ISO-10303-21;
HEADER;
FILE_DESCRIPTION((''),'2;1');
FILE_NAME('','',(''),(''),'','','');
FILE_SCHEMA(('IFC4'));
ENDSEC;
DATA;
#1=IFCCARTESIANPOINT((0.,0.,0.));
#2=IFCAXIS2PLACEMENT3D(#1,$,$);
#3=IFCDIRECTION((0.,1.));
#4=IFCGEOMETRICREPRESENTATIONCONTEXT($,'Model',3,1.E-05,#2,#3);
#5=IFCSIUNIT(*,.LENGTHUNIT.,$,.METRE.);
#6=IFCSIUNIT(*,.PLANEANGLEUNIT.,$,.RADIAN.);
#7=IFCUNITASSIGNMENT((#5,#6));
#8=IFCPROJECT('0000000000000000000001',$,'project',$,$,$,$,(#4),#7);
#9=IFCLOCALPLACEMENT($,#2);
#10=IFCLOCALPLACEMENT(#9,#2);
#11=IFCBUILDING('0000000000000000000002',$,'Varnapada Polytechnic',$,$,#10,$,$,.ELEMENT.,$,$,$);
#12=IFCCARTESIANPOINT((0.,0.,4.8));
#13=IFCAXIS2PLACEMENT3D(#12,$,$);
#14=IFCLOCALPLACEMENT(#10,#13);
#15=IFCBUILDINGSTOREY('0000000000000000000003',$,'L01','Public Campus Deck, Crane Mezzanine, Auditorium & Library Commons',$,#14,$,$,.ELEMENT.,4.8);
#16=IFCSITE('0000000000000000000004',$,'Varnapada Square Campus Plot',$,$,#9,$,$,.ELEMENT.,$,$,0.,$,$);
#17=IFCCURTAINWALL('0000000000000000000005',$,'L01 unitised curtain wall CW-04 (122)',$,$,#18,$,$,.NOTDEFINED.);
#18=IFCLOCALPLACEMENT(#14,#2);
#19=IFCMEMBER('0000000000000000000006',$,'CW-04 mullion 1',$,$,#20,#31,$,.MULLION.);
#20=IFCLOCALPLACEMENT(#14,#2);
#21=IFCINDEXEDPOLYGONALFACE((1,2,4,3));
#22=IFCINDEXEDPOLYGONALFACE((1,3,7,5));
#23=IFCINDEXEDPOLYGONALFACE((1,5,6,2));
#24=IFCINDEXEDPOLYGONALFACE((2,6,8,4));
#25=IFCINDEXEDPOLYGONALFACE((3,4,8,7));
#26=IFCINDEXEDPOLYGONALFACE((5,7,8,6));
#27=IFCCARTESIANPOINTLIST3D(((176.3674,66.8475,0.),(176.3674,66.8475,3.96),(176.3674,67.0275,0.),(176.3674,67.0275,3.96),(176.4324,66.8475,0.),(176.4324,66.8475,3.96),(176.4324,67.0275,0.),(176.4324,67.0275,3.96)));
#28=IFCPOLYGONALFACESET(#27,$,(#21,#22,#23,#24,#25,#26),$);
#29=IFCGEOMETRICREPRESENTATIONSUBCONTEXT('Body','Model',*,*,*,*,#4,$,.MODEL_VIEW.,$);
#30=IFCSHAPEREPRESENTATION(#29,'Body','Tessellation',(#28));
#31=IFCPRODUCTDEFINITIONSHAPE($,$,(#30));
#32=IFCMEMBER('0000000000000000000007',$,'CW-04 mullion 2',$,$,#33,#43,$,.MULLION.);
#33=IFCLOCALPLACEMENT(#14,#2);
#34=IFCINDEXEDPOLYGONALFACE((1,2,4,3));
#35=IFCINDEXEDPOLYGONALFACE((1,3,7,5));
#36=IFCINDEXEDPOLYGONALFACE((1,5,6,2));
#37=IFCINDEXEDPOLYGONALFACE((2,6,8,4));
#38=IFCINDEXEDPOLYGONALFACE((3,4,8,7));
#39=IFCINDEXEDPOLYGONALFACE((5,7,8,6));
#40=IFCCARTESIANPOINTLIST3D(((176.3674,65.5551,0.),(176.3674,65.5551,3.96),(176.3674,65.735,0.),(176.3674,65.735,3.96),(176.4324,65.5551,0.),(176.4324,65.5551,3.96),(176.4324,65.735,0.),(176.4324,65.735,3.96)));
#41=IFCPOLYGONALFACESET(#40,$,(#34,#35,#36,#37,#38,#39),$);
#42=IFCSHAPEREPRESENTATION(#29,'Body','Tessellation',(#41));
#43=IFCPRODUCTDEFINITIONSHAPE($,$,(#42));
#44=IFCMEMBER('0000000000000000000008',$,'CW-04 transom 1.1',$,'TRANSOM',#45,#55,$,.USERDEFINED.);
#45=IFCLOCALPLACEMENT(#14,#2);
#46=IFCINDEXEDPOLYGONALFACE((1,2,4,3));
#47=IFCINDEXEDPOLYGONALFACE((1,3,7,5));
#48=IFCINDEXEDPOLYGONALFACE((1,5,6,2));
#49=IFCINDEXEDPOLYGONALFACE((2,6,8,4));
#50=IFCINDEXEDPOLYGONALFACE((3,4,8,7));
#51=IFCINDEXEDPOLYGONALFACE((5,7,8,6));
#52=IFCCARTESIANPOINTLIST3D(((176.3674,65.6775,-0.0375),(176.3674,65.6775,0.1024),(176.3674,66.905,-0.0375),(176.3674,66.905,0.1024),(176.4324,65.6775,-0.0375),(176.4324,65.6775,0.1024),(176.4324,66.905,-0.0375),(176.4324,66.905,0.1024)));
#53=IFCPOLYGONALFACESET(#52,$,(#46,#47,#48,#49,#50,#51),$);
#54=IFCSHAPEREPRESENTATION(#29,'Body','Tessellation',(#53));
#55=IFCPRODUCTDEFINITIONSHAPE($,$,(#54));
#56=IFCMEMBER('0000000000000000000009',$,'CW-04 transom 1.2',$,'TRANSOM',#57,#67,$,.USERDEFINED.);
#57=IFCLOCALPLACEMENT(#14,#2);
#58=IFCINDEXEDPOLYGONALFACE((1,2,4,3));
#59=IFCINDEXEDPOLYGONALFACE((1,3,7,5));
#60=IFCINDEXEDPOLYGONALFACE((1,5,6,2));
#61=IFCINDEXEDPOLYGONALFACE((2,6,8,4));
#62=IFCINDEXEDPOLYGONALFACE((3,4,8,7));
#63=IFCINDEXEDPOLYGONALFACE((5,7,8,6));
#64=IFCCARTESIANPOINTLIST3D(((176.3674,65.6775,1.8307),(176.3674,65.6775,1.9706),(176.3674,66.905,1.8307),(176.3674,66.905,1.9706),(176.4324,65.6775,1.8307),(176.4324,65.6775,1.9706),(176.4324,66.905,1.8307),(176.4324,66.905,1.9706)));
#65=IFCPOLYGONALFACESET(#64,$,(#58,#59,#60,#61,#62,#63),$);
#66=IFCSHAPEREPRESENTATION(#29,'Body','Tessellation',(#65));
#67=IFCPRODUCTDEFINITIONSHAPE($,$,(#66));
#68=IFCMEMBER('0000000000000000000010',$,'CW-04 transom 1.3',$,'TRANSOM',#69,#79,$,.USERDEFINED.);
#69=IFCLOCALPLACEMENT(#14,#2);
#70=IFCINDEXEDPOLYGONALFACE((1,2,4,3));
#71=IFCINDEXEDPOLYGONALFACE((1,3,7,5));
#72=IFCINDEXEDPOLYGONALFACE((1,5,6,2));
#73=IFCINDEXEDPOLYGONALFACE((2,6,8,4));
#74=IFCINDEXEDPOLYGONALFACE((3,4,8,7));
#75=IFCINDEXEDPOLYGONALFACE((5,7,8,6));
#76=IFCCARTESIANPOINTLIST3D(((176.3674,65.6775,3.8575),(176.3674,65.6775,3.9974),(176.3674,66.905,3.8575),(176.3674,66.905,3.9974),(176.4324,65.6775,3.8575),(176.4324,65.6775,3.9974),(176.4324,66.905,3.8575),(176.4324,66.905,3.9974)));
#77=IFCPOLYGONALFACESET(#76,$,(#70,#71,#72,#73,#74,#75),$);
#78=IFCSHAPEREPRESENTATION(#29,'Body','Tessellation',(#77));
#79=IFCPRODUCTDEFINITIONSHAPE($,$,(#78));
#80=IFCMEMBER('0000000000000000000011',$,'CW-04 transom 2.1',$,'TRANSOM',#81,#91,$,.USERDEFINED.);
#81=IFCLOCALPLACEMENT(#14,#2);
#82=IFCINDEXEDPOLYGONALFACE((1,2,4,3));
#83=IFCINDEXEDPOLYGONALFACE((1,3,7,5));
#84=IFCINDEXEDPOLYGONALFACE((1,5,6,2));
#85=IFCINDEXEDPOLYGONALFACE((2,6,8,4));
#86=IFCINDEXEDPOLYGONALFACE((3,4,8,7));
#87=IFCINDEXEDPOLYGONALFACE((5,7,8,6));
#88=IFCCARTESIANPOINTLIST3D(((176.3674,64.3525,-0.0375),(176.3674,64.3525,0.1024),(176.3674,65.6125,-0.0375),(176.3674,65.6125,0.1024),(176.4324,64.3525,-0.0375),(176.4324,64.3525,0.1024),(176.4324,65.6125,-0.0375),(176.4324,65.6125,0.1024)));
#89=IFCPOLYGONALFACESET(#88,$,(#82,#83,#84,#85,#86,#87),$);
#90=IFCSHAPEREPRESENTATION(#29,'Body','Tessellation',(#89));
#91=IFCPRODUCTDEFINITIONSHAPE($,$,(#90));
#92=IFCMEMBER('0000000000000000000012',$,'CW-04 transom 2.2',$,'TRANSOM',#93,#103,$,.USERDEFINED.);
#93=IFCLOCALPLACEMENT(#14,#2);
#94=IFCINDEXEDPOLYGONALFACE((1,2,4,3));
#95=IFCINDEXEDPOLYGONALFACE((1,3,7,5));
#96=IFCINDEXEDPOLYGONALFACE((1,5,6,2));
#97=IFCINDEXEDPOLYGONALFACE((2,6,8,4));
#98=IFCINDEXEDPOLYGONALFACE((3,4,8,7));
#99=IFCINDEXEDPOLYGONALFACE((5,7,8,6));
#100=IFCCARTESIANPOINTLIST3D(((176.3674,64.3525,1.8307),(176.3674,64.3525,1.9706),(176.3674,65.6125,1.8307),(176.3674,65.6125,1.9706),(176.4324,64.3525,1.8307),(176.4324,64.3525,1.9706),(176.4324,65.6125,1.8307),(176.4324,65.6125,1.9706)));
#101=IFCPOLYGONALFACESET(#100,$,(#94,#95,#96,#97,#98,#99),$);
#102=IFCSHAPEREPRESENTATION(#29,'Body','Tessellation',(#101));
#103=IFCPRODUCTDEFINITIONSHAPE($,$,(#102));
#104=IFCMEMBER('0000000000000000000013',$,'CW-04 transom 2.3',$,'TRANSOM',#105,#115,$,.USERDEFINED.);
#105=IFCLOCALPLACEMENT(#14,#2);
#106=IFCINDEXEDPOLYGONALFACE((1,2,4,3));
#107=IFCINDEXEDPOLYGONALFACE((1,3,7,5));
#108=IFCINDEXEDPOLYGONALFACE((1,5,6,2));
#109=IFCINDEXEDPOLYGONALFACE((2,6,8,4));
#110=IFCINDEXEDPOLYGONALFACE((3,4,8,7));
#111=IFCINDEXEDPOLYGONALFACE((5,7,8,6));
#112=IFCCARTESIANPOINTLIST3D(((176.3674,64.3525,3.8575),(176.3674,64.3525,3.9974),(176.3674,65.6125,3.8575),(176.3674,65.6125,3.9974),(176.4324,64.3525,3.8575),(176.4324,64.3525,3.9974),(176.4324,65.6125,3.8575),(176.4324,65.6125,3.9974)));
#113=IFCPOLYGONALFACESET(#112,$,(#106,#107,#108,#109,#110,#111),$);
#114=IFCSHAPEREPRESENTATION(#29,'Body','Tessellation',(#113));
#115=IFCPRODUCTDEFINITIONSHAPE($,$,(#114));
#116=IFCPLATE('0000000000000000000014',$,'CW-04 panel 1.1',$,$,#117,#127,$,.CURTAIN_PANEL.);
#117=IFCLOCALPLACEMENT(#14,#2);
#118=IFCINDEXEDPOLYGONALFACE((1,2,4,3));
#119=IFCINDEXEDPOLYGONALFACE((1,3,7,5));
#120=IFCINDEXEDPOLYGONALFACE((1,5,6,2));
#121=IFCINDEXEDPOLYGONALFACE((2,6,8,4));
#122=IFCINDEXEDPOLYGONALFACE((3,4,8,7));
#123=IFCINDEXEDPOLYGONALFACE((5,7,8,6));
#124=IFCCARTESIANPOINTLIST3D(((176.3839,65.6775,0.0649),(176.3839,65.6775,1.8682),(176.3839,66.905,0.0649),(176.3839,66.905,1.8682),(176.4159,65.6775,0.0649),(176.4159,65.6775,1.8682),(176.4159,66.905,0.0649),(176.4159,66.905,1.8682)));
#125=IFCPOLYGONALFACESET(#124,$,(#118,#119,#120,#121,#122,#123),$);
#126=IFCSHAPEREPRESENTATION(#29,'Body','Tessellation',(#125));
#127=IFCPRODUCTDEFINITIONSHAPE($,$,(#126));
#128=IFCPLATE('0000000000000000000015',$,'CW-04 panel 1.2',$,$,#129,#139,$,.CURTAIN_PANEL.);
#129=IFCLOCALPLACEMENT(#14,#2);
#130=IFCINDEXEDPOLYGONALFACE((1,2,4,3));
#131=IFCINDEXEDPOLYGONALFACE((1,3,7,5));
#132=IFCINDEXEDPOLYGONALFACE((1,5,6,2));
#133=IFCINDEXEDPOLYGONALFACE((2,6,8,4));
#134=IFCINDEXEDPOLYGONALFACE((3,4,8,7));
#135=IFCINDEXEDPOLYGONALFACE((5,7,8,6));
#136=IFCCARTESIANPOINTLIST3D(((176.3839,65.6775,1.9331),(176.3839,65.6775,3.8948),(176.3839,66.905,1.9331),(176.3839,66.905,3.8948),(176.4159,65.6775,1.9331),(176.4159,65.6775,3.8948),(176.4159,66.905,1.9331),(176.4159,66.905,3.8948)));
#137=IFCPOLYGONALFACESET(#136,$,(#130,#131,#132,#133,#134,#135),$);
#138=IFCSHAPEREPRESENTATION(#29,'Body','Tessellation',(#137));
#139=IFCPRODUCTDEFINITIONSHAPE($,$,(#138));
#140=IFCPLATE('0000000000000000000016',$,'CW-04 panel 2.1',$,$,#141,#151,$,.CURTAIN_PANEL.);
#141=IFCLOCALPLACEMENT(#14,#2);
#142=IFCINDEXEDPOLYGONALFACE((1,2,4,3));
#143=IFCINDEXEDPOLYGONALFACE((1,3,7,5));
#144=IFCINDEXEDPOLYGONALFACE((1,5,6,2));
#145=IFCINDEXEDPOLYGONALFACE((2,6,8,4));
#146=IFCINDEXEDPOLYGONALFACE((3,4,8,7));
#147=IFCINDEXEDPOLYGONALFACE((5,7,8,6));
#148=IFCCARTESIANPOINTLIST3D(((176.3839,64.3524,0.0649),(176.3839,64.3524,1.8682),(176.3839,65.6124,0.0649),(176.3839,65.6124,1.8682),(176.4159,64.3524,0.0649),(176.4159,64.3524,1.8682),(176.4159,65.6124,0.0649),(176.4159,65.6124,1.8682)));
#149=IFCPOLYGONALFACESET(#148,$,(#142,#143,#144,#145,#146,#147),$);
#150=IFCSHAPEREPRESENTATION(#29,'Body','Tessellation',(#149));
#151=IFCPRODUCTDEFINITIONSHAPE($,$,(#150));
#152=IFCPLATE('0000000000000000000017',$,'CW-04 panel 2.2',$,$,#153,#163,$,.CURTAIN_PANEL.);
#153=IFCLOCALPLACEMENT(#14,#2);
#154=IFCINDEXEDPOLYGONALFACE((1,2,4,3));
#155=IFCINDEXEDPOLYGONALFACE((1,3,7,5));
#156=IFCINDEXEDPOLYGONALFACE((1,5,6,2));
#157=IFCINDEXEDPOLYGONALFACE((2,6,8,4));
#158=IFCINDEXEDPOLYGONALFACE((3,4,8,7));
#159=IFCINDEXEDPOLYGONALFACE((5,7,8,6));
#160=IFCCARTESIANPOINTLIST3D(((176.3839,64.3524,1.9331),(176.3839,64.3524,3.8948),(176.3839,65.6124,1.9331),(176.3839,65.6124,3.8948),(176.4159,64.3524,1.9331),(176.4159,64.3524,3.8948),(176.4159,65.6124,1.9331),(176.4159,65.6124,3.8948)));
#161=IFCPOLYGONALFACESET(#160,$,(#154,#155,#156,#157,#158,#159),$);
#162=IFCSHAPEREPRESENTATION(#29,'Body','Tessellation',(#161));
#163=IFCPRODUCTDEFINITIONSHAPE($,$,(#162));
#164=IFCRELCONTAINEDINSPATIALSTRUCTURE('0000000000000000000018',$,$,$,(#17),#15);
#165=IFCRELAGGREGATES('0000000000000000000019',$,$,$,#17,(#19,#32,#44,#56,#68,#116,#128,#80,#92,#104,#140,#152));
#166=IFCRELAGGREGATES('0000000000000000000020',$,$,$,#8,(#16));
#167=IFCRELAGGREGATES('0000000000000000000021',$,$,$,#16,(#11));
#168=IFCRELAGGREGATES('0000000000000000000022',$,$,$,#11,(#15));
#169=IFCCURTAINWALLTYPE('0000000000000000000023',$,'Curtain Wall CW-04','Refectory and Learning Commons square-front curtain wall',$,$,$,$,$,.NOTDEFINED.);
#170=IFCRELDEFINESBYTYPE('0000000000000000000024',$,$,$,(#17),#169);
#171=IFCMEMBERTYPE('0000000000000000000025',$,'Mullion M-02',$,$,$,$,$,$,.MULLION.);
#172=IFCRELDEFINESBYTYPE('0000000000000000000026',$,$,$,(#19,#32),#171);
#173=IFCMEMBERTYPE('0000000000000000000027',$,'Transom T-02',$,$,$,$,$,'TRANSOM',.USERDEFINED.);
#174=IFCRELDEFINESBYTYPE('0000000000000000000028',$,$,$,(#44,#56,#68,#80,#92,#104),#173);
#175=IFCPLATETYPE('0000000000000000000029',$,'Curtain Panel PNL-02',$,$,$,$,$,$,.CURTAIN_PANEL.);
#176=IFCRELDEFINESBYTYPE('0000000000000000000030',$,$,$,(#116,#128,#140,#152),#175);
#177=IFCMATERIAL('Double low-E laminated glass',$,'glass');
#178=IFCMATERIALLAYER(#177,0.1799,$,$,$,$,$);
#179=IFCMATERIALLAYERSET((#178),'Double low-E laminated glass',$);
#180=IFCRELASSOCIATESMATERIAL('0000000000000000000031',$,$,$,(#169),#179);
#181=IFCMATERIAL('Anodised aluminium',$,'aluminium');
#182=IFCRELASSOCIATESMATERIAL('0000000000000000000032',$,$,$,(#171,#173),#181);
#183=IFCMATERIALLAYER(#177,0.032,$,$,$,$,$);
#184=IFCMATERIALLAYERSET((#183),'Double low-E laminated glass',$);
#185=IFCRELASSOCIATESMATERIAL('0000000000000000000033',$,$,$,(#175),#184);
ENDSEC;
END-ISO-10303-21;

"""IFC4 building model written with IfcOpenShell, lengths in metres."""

from ifc_helpers import new_model, si_unit, direction, frame, origin, origin_2d, place, context, subcontext, project, spatial, rectangle, extrude, material, layer, layer_set, material_profile, profile_set, type_object, element, aggregate, save


model = new_model("IFC4")

# Units and contexts
model_context = context("Model", 3, precision=1e-05, world=origin(), true_north=direction((0.0, 1.0)))
body_context = subcontext(model_context, "Body", "Model", "MODEL_VIEW")
ifc_project = project(units=[si_unit("LENGTHUNIT", "METRE"), si_unit("PLANEANGLEUNIT", "RADIAN")], contexts=[model_context])

# Site, building, storey
site_placement = place(None, origin())
site = spatial("IfcSite", under=ifc_project, at=site_placement, Name="Varnapada Square Campus Plot", CompositionType="ELEMENT", RefElevation=0.0)
building_placement = place(site_placement, origin())
building = spatial("IfcBuilding", under=site, at=building_placement, Name="Varnapada Polytechnic", CompositionType="ELEMENT")
storey_placement = place(building_placement, frame((0.0, 0.0, 4.8)))
storey = spatial("IfcBuildingStorey", under=building, at=storey_placement, Name="L01", Description="Public Campus Deck, Crane Mezzanine, Auditorium & Library Commons", CompositionType="ELEMENT", Elevation=4.8)

# Curtain wall, members, plates
ifc_material_1 = material(Name="Double low-E laminated glass", Category="glass")
ifc_layer_1 = layer(ifc_material_1, 0.1799)
ifc_layer_set_1 = layer_set([ifc_layer_1], Name="Double low-E laminated glass")
curtain_wall_type = type_object("IfcCurtainWallType", Name="Curtain Wall CW-04", Description="Refectory and Learning Commons square-front curtain wall", PredefinedType="NOTDEFINED", material=ifc_layer_set_1)
curtain_wall_placement = place(storey_placement, origin())
curtain_wall = element("IfcCurtainWall", 1, at=curtain_wall_placement, inside=storey, type_object=curtain_wall_type, Name="L01 unitised curtain wall CW-04 (122)", PredefinedType="NOTDEFINED")
ifc_material_2 = material(Name="Anodised aluminium", Category="aluminium")
ifc_material_profile_1 = material_profile(ifc_material_2, rectangle(XDim=0.0649, YDim=0.1799, at=origin_2d()), Name="ALU M65x180")
ifc_profile_set_1 = profile_set([ifc_material_profile_1], Name="Anodised aluminium")
member_type_1 = type_object("IfcMemberType", Name="Mullion M-02", PredefinedType="MULLION", material=ifc_profile_set_1)
member_1_placement = place(storey_placement, frame((176.3999, 66.9375, 0.0), z_axis=(0.0, 0.0, 1.0), x_axis=(1.0, 0.0, 0.0)))
member_1 = element("IfcMember", 2, at=member_1_placement, type_object=member_type_1, Name="CW-04 mullion 1", PredefinedType="MULLION", context=body_context, shape_type="SweptSolid", body=[
    extrude(rectangle(XDim=0.0649, YDim=0.1799, at=origin_2d()), origin(), (0.0, 0.0, 1.0), 3.96),
])
member_2_placement = place(storey_placement, frame((176.3999, 65.645, 0.0), z_axis=(0.0, 0.0, 1.0), x_axis=(1.0, 0.0, 0.0)))
member_2 = element("IfcMember", 3, at=member_2_placement, type_object=member_type_1, Name="CW-04 mullion 2", PredefinedType="MULLION", context=body_context, shape_type="SweptSolid", body=[
    extrude(rectangle(XDim=0.0649, YDim=0.1799, at=origin_2d()), origin(), (0.0, 0.0, 1.0), 3.96),
])
ifc_material_profile_2 = material_profile(ifc_material_2, rectangle(XDim=0.0649, YDim=0.1399, at=origin_2d()), Name="ALU T65x140")
ifc_profile_set_2 = profile_set([ifc_material_profile_2], Name="Anodised aluminium")
member_type_2 = type_object("IfcMemberType", Name="Transom T-02", ElementType="TRANSOM", PredefinedType="USERDEFINED", material=ifc_profile_set_2)
member_3_placement = place(storey_placement, frame((176.3999, 66.905, 0.0325), z_axis=(0.0, -1.0, 0.0), x_axis=(1.0, 0.0, 0.0)))
member_3 = element("IfcMember", 4, at=member_3_placement, type_object=member_type_2, Name="CW-04 transom 1.1", ObjectType="TRANSOM", PredefinedType="USERDEFINED", context=body_context, shape_type="SweptSolid", body=[
    extrude(rectangle(XDim=0.0649, YDim=0.1399, at=origin_2d()), origin(), (0.0, 0.0, 1.0), 1.2275),
])
member_4_placement = place(storey_placement, frame((176.3999, 66.905, 1.9006), z_axis=(0.0, -1.0, 0.0), x_axis=(1.0, 0.0, 0.0)))
member_4 = element("IfcMember", 5, at=member_4_placement, type_object=member_type_2, Name="CW-04 transom 1.2", ObjectType="TRANSOM", PredefinedType="USERDEFINED", context=body_context, shape_type="SweptSolid", body=[
    extrude(rectangle(XDim=0.0649, YDim=0.1399, at=origin_2d()), origin(), (0.0, 0.0, 1.0), 1.2275),
])
member_5_placement = place(storey_placement, frame((176.3999, 66.905, 3.9275), z_axis=(0.0, -1.0, 0.0), x_axis=(1.0, 0.0, 0.0)))
member_5 = element("IfcMember", 6, at=member_5_placement, type_object=member_type_2, Name="CW-04 transom 1.3", ObjectType="TRANSOM", PredefinedType="USERDEFINED", context=body_context, shape_type="SweptSolid", body=[
    extrude(rectangle(XDim=0.0649, YDim=0.1399, at=origin_2d()), origin(), (0.0, 0.0, 1.0), 1.2275),
])
member_6_placement = place(storey_placement, frame((176.3999, 65.6125, 0.0325), z_axis=(0.0, -1.0, 0.0), x_axis=(1.0, 0.0, 0.0)))
member_6 = element("IfcMember", 7, at=member_6_placement, type_object=member_type_2, Name="CW-04 transom 2.1", ObjectType="TRANSOM", PredefinedType="USERDEFINED", context=body_context, shape_type="SweptSolid", body=[
    extrude(rectangle(XDim=0.0649, YDim=0.1399, at=origin_2d()), origin(), (0.0, 0.0, 1.0), 1.26),
])
member_7_placement = place(storey_placement, frame((176.3999, 65.6125, 1.9006), z_axis=(0.0, -1.0, 0.0), x_axis=(1.0, 0.0, 0.0)))
member_7 = element("IfcMember", 8, at=member_7_placement, type_object=member_type_2, Name="CW-04 transom 2.2", ObjectType="TRANSOM", PredefinedType="USERDEFINED", context=body_context, shape_type="SweptSolid", body=[
    extrude(rectangle(XDim=0.0649, YDim=0.1399, at=origin_2d()), origin(), (0.0, 0.0, 1.0), 1.26),
])
member_8_placement = place(storey_placement, frame((176.3999, 65.6125, 3.9275), z_axis=(0.0, -1.0, 0.0), x_axis=(1.0, 0.0, 0.0)))
member_8 = element("IfcMember", 9, at=member_8_placement, type_object=member_type_2, Name="CW-04 transom 2.3", ObjectType="TRANSOM", PredefinedType="USERDEFINED", context=body_context, shape_type="SweptSolid", body=[
    extrude(rectangle(XDim=0.0649, YDim=0.1399, at=origin_2d()), origin(), (0.0, 0.0, 1.0), 1.26),
])
ifc_layer_2 = layer(ifc_material_1, 0.032)
ifc_layer_set_2 = layer_set([ifc_layer_2], Name="Double low-E laminated glass")
plate_type = type_object("IfcPlateType", Name="Curtain Panel PNL-02", PredefinedType="CURTAIN_PANEL", material=ifc_layer_set_2)
plate_1_placement = place(storey_placement, frame((176.3999, 66.2913, 0.0649), z_axis=(0.0, 0.0, 1.0), x_axis=(0.0, -1.0, 0.0)))
plate_1 = element("IfcPlate", 10, at=plate_1_placement, type_object=plate_type, Name="CW-04 panel 1.1", PredefinedType="CURTAIN_PANEL", context=body_context, shape_type="SweptSolid", body=[
    extrude(rectangle(XDim=1.2275, YDim=0.032, at=origin_2d()), origin(), (0.0, 0.0, 1.0), 1.8032),
])
plate_2_placement = place(storey_placement, frame((176.3999, 66.2913, 1.9331), z_axis=(0.0, 0.0, 1.0), x_axis=(0.0, -1.0, 0.0)))
plate_2 = element("IfcPlate", 11, at=plate_2_placement, type_object=plate_type, Name="CW-04 panel 1.2", PredefinedType="CURTAIN_PANEL", context=body_context, shape_type="SweptSolid", body=[
    extrude(rectangle(XDim=1.2275, YDim=0.032, at=origin_2d()), origin(), (0.0, 0.0, 1.0), 1.9617),
])
plate_3_placement = place(storey_placement, frame((176.3999, 64.9824, 0.0649), z_axis=(0.0, 0.0, 1.0), x_axis=(0.0, -1.0, 0.0)))
plate_3 = element("IfcPlate", 12, at=plate_3_placement, type_object=plate_type, Name="CW-04 panel 2.1", PredefinedType="CURTAIN_PANEL", context=body_context, shape_type="SweptSolid", body=[
    extrude(rectangle(XDim=1.26, YDim=0.032, at=origin_2d()), origin(), (0.0, 0.0, 1.0), 1.8032),
])
plate_4_placement = place(storey_placement, frame((176.3999, 64.9824, 1.9331), z_axis=(0.0, 0.0, 1.0), x_axis=(0.0, -1.0, 0.0)))
plate_4 = element("IfcPlate", 13, at=plate_4_placement, type_object=plate_type, Name="CW-04 panel 2.2", PredefinedType="CURTAIN_PANEL", context=body_context, shape_type="SweptSolid", body=[
    extrude(rectangle(XDim=1.26, YDim=0.032, at=origin_2d()), origin(), (0.0, 0.0, 1.0), 1.9617),
])
aggregate(curtain_wall, [member_1, member_2, member_3, member_4, member_5, plate_1, plate_2, member_6, member_7, member_8, plate_3, plate_4])

save(model, "model.ifc")
